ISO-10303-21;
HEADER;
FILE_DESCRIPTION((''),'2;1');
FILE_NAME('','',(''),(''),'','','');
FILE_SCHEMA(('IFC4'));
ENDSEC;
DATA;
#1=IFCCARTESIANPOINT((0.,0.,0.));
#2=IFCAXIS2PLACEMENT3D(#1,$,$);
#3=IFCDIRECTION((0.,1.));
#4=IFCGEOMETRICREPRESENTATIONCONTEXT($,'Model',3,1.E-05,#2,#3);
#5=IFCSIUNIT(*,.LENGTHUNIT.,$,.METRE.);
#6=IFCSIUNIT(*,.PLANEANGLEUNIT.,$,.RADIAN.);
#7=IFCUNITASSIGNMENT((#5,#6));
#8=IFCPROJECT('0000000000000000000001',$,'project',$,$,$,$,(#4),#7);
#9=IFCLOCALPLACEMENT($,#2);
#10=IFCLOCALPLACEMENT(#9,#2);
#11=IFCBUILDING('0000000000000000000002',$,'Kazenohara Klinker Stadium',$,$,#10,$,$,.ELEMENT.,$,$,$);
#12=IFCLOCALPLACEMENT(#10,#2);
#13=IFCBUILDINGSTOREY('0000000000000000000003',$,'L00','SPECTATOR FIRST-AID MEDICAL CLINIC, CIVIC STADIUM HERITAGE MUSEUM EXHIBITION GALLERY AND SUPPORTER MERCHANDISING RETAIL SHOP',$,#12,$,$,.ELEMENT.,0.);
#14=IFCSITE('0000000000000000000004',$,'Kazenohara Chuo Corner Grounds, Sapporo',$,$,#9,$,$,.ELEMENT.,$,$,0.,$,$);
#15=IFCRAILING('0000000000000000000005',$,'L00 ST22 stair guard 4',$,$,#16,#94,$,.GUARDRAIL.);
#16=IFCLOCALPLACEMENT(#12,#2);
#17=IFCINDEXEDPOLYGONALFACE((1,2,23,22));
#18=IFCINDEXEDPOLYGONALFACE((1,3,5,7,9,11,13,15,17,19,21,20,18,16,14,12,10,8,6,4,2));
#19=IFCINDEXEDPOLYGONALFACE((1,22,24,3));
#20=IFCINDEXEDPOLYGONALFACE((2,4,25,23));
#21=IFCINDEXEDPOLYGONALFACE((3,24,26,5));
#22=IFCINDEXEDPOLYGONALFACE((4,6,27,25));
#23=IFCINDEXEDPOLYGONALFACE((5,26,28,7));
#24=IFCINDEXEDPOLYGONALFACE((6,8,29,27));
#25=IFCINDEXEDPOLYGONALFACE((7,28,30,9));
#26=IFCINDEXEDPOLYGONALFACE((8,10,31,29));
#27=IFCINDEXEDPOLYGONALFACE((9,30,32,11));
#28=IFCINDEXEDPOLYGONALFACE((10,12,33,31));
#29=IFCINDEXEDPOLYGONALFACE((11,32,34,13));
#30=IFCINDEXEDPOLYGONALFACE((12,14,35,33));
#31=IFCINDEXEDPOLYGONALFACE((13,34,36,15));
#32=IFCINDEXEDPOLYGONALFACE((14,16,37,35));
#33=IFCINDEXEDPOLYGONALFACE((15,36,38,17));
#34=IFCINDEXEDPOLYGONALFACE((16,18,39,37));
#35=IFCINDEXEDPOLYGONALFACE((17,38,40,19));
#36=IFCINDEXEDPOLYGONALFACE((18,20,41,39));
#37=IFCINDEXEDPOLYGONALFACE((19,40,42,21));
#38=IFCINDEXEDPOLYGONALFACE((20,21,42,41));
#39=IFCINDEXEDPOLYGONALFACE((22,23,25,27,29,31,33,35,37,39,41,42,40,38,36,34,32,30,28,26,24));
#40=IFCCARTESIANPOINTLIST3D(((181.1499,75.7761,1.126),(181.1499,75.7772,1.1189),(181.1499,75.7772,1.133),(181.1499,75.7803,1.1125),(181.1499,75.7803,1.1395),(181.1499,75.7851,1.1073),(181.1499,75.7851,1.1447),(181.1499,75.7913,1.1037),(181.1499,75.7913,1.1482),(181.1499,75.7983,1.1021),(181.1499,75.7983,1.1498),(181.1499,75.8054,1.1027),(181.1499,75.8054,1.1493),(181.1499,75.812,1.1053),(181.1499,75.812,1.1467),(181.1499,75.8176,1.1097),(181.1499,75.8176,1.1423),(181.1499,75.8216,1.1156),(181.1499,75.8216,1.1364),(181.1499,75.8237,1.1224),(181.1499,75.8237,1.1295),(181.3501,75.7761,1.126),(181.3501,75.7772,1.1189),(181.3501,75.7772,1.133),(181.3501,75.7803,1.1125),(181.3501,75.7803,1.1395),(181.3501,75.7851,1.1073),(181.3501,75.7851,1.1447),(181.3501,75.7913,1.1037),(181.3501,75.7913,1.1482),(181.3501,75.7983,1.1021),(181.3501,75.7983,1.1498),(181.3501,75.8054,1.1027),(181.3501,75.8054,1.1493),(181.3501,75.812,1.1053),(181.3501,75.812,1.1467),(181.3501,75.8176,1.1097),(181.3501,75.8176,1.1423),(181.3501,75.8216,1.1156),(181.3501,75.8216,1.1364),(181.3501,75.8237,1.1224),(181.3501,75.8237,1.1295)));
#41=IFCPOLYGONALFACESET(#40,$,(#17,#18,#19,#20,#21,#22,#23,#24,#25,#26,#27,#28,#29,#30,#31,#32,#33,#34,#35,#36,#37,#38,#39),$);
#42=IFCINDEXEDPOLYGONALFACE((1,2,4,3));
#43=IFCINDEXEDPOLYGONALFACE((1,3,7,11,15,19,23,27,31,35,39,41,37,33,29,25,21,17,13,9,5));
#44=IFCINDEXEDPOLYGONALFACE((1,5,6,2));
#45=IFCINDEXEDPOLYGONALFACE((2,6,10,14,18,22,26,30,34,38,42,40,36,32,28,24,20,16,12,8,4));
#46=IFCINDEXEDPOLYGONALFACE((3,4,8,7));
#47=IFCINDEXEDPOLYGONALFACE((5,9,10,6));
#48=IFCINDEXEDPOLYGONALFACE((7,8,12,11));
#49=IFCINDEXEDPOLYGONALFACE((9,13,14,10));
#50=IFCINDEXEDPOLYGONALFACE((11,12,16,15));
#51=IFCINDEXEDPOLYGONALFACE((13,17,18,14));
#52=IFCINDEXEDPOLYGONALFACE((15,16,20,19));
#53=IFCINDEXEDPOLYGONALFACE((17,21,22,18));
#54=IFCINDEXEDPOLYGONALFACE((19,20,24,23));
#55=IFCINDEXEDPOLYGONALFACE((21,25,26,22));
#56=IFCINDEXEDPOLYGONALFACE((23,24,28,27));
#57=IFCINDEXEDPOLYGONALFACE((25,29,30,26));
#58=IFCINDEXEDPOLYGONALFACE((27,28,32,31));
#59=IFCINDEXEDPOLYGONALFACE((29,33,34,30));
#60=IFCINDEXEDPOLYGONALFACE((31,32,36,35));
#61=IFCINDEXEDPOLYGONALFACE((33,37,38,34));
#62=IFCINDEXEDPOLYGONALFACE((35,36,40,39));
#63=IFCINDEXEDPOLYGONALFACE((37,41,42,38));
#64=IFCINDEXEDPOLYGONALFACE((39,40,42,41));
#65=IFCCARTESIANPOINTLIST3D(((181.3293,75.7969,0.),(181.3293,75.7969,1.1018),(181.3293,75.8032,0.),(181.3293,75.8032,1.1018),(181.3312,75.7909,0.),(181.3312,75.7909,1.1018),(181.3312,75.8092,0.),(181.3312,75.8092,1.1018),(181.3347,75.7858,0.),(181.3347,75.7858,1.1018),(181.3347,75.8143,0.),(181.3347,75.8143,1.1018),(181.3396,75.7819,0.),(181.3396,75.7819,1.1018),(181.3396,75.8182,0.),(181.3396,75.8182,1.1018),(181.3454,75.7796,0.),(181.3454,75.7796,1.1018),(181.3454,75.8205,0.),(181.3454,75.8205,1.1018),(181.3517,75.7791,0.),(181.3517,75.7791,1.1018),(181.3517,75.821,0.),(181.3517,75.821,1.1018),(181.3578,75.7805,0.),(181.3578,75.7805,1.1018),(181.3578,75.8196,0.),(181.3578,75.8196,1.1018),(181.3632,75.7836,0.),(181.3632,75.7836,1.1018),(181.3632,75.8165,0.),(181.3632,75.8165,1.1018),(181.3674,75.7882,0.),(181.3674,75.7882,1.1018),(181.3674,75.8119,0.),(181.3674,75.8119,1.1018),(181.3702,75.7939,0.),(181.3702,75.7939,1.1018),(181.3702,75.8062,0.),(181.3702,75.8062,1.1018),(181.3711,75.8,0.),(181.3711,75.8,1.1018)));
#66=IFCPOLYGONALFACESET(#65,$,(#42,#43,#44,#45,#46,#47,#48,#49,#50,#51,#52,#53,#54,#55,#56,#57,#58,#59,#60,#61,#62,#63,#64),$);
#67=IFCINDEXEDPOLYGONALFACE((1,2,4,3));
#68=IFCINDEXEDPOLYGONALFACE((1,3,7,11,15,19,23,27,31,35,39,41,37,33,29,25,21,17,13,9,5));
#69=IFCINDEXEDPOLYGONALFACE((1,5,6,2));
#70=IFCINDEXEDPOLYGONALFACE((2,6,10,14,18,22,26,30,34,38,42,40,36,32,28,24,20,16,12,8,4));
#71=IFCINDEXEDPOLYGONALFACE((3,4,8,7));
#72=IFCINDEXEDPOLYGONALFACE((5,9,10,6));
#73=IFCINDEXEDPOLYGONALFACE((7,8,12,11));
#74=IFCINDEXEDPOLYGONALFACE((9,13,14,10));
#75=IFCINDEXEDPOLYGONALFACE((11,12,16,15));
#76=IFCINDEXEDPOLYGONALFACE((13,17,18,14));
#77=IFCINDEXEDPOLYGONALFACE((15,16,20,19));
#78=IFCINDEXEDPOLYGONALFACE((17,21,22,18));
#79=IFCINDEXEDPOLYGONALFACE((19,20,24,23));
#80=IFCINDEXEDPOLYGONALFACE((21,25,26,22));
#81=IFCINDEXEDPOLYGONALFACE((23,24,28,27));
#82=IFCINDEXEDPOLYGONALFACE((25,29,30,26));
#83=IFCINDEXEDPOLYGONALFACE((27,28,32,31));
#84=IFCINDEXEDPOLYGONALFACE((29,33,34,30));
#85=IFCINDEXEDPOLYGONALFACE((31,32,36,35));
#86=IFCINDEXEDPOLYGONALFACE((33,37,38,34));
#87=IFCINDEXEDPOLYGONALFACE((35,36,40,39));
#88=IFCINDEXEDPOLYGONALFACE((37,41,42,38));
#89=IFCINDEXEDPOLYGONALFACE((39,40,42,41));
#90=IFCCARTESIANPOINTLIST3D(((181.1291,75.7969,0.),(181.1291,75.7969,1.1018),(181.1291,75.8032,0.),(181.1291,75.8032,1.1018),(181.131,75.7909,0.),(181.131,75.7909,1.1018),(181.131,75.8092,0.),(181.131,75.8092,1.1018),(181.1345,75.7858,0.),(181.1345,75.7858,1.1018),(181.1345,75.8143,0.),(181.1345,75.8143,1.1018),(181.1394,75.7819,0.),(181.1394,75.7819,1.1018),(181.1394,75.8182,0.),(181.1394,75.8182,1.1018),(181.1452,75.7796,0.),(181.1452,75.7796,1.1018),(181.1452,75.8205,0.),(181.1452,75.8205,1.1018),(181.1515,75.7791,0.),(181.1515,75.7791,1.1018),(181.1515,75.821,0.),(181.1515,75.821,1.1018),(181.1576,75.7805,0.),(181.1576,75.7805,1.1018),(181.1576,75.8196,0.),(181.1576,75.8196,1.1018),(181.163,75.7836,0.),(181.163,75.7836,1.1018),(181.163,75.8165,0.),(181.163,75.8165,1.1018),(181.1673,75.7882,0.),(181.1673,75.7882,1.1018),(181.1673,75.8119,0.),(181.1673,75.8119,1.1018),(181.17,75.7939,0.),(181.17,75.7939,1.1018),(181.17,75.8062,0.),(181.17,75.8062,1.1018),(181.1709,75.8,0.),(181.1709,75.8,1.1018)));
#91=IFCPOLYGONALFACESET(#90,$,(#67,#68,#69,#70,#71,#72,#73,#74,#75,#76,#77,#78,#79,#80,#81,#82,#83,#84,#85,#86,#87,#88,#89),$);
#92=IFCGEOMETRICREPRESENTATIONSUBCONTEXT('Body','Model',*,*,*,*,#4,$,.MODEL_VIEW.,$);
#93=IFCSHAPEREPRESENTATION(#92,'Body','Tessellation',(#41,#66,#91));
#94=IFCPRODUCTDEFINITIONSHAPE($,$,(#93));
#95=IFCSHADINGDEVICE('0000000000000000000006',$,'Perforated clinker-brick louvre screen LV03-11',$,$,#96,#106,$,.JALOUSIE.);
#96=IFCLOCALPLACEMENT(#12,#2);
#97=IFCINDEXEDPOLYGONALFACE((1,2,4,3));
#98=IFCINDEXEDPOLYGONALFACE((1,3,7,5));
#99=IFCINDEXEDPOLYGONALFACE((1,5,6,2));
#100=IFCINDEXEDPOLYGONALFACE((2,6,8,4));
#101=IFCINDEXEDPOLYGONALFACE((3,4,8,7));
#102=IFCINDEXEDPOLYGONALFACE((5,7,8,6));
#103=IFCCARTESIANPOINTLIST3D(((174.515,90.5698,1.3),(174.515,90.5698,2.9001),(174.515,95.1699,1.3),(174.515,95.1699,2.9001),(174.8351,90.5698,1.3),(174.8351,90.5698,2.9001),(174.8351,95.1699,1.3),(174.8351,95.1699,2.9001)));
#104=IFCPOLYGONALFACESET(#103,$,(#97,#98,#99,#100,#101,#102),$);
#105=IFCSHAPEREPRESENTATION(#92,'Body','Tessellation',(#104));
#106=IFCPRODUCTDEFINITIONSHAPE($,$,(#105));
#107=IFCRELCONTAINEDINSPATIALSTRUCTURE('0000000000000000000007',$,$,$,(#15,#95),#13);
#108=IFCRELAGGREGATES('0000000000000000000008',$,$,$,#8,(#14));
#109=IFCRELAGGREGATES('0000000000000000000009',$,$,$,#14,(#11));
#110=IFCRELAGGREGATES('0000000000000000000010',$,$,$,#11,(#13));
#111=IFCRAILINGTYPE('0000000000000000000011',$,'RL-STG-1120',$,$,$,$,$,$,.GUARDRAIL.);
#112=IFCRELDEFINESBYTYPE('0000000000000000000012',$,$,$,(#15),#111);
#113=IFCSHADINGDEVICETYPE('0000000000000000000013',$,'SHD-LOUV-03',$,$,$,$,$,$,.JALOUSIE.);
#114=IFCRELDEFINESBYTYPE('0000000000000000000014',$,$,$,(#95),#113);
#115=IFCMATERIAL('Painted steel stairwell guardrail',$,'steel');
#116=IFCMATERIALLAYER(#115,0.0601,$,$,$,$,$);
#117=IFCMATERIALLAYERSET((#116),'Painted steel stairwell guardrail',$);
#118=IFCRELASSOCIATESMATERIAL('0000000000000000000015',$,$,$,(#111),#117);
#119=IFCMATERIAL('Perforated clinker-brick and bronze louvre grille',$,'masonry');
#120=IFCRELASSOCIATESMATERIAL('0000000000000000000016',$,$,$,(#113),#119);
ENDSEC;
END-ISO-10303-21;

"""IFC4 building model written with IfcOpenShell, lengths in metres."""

from ifc_helpers import new_model, si_unit, direction, frame, origin, origin_2d, place, context, subcontext, project, spatial, rectangle, circle, extrude, material, layer, layer_set, type_object, element, save


model = new_model("IFC4")

# Units and contexts
model_context = context("Model", 3, precision=1e-05, world=origin(), true_north=direction((0.0, 1.0)))
body_context = subcontext(model_context, "Body", "Model", "MODEL_VIEW")
ifc_project = project(units=[si_unit("LENGTHUNIT", "METRE"), si_unit("PLANEANGLEUNIT", "RADIAN")], contexts=[model_context])

# Site, building, storey
site_placement = place(None, origin())
site = spatial("IfcSite", under=ifc_project, at=site_placement, Name="Kazenohara Chuo Corner Grounds, Sapporo", CompositionType="ELEMENT", RefElevation=0.0)
building_placement = place(site_placement, origin())
building = spatial("IfcBuilding", under=site, at=building_placement, Name="Kazenohara Klinker Stadium", CompositionType="ELEMENT")
storey_placement = place(building_placement, origin())
storey = spatial("IfcBuildingStorey", under=building, at=storey_placement, Name="L00", Description="SPECTATOR FIRST-AID MEDICAL CLINIC, CIVIC STADIUM HERITAGE MUSEUM EXHIBITION GALLERY AND SUPPORTER MERCHANDISING RETAIL SHOP", CompositionType="ELEMENT", Elevation=0.0)

# Railing
ifc_material_1 = material(Name="Painted steel stairwell guardrail", Category="steel")
ifc_layer_1 = layer(ifc_material_1, 0.0601)
ifc_layer_set_1 = layer_set([ifc_layer_1], Name="Painted steel stairwell guardrail")
railing_type_1 = type_object("IfcRailingType", Name="RL-STG-1120", PredefinedType="GUARDRAIL", material=ifc_layer_set_1)
railing_1_placement = place(storey_placement, frame((181.3501, 75.8, 0.0)))
element("IfcRailing", 1, at=railing_1_placement, inside=storey, type_object=railing_type_1, Name="L00 ST22 stair guard 4", PredefinedType="GUARDRAIL", context=body_context, shape_type="SweptSolid", body=[
    extrude(circle(Radius=0.0239, at=origin_2d()), frame((0.0, 0.0, 1.126), z_axis=(-1.0, 0.0, 0.0), x_axis=(0.0, -1.0, 0.0)), (0.0, 0.0, 1.0), 0.2002),
    extrude(circle(Radius=0.021, at=origin_2d()), origin(), (0.0, 0.0, 1.0), 1.1018),
    extrude(circle(Radius=0.021, at=origin_2d()), frame((-0.2002, 0.0, 0.0)), (0.0, 0.0, 1.0), 1.1018),
])

# Shading device
ifc_material_2 = material(Name="Perforated clinker-brick and bronze louvre grille", Category="masonry")
shading_device_type = type_object("IfcShadingDeviceType", Name="SHD-LOUV-03", PredefinedType="JALOUSIE", material=ifc_material_2)
shading_device_placement = place(storey_placement, frame((174.675, 92.8699, 1.3), z_axis=(0.0, 0.0, 1.0), x_axis=(0.0, 1.0, 0.0)))
element("IfcShadingDevice", 2, at=shading_device_placement, inside=storey, type_object=shading_device_type, Name="Perforated clinker-brick louvre screen LV03-11", PredefinedType="JALOUSIE", context=body_context, shape_type="SweptSolid", body=[
    extrude(rectangle(XDim=4.6001, YDim=0.3201, at=origin_2d()), origin(), (0.0, 0.0, 1.0), 1.6001),
])

save(model, "model.ifc")
